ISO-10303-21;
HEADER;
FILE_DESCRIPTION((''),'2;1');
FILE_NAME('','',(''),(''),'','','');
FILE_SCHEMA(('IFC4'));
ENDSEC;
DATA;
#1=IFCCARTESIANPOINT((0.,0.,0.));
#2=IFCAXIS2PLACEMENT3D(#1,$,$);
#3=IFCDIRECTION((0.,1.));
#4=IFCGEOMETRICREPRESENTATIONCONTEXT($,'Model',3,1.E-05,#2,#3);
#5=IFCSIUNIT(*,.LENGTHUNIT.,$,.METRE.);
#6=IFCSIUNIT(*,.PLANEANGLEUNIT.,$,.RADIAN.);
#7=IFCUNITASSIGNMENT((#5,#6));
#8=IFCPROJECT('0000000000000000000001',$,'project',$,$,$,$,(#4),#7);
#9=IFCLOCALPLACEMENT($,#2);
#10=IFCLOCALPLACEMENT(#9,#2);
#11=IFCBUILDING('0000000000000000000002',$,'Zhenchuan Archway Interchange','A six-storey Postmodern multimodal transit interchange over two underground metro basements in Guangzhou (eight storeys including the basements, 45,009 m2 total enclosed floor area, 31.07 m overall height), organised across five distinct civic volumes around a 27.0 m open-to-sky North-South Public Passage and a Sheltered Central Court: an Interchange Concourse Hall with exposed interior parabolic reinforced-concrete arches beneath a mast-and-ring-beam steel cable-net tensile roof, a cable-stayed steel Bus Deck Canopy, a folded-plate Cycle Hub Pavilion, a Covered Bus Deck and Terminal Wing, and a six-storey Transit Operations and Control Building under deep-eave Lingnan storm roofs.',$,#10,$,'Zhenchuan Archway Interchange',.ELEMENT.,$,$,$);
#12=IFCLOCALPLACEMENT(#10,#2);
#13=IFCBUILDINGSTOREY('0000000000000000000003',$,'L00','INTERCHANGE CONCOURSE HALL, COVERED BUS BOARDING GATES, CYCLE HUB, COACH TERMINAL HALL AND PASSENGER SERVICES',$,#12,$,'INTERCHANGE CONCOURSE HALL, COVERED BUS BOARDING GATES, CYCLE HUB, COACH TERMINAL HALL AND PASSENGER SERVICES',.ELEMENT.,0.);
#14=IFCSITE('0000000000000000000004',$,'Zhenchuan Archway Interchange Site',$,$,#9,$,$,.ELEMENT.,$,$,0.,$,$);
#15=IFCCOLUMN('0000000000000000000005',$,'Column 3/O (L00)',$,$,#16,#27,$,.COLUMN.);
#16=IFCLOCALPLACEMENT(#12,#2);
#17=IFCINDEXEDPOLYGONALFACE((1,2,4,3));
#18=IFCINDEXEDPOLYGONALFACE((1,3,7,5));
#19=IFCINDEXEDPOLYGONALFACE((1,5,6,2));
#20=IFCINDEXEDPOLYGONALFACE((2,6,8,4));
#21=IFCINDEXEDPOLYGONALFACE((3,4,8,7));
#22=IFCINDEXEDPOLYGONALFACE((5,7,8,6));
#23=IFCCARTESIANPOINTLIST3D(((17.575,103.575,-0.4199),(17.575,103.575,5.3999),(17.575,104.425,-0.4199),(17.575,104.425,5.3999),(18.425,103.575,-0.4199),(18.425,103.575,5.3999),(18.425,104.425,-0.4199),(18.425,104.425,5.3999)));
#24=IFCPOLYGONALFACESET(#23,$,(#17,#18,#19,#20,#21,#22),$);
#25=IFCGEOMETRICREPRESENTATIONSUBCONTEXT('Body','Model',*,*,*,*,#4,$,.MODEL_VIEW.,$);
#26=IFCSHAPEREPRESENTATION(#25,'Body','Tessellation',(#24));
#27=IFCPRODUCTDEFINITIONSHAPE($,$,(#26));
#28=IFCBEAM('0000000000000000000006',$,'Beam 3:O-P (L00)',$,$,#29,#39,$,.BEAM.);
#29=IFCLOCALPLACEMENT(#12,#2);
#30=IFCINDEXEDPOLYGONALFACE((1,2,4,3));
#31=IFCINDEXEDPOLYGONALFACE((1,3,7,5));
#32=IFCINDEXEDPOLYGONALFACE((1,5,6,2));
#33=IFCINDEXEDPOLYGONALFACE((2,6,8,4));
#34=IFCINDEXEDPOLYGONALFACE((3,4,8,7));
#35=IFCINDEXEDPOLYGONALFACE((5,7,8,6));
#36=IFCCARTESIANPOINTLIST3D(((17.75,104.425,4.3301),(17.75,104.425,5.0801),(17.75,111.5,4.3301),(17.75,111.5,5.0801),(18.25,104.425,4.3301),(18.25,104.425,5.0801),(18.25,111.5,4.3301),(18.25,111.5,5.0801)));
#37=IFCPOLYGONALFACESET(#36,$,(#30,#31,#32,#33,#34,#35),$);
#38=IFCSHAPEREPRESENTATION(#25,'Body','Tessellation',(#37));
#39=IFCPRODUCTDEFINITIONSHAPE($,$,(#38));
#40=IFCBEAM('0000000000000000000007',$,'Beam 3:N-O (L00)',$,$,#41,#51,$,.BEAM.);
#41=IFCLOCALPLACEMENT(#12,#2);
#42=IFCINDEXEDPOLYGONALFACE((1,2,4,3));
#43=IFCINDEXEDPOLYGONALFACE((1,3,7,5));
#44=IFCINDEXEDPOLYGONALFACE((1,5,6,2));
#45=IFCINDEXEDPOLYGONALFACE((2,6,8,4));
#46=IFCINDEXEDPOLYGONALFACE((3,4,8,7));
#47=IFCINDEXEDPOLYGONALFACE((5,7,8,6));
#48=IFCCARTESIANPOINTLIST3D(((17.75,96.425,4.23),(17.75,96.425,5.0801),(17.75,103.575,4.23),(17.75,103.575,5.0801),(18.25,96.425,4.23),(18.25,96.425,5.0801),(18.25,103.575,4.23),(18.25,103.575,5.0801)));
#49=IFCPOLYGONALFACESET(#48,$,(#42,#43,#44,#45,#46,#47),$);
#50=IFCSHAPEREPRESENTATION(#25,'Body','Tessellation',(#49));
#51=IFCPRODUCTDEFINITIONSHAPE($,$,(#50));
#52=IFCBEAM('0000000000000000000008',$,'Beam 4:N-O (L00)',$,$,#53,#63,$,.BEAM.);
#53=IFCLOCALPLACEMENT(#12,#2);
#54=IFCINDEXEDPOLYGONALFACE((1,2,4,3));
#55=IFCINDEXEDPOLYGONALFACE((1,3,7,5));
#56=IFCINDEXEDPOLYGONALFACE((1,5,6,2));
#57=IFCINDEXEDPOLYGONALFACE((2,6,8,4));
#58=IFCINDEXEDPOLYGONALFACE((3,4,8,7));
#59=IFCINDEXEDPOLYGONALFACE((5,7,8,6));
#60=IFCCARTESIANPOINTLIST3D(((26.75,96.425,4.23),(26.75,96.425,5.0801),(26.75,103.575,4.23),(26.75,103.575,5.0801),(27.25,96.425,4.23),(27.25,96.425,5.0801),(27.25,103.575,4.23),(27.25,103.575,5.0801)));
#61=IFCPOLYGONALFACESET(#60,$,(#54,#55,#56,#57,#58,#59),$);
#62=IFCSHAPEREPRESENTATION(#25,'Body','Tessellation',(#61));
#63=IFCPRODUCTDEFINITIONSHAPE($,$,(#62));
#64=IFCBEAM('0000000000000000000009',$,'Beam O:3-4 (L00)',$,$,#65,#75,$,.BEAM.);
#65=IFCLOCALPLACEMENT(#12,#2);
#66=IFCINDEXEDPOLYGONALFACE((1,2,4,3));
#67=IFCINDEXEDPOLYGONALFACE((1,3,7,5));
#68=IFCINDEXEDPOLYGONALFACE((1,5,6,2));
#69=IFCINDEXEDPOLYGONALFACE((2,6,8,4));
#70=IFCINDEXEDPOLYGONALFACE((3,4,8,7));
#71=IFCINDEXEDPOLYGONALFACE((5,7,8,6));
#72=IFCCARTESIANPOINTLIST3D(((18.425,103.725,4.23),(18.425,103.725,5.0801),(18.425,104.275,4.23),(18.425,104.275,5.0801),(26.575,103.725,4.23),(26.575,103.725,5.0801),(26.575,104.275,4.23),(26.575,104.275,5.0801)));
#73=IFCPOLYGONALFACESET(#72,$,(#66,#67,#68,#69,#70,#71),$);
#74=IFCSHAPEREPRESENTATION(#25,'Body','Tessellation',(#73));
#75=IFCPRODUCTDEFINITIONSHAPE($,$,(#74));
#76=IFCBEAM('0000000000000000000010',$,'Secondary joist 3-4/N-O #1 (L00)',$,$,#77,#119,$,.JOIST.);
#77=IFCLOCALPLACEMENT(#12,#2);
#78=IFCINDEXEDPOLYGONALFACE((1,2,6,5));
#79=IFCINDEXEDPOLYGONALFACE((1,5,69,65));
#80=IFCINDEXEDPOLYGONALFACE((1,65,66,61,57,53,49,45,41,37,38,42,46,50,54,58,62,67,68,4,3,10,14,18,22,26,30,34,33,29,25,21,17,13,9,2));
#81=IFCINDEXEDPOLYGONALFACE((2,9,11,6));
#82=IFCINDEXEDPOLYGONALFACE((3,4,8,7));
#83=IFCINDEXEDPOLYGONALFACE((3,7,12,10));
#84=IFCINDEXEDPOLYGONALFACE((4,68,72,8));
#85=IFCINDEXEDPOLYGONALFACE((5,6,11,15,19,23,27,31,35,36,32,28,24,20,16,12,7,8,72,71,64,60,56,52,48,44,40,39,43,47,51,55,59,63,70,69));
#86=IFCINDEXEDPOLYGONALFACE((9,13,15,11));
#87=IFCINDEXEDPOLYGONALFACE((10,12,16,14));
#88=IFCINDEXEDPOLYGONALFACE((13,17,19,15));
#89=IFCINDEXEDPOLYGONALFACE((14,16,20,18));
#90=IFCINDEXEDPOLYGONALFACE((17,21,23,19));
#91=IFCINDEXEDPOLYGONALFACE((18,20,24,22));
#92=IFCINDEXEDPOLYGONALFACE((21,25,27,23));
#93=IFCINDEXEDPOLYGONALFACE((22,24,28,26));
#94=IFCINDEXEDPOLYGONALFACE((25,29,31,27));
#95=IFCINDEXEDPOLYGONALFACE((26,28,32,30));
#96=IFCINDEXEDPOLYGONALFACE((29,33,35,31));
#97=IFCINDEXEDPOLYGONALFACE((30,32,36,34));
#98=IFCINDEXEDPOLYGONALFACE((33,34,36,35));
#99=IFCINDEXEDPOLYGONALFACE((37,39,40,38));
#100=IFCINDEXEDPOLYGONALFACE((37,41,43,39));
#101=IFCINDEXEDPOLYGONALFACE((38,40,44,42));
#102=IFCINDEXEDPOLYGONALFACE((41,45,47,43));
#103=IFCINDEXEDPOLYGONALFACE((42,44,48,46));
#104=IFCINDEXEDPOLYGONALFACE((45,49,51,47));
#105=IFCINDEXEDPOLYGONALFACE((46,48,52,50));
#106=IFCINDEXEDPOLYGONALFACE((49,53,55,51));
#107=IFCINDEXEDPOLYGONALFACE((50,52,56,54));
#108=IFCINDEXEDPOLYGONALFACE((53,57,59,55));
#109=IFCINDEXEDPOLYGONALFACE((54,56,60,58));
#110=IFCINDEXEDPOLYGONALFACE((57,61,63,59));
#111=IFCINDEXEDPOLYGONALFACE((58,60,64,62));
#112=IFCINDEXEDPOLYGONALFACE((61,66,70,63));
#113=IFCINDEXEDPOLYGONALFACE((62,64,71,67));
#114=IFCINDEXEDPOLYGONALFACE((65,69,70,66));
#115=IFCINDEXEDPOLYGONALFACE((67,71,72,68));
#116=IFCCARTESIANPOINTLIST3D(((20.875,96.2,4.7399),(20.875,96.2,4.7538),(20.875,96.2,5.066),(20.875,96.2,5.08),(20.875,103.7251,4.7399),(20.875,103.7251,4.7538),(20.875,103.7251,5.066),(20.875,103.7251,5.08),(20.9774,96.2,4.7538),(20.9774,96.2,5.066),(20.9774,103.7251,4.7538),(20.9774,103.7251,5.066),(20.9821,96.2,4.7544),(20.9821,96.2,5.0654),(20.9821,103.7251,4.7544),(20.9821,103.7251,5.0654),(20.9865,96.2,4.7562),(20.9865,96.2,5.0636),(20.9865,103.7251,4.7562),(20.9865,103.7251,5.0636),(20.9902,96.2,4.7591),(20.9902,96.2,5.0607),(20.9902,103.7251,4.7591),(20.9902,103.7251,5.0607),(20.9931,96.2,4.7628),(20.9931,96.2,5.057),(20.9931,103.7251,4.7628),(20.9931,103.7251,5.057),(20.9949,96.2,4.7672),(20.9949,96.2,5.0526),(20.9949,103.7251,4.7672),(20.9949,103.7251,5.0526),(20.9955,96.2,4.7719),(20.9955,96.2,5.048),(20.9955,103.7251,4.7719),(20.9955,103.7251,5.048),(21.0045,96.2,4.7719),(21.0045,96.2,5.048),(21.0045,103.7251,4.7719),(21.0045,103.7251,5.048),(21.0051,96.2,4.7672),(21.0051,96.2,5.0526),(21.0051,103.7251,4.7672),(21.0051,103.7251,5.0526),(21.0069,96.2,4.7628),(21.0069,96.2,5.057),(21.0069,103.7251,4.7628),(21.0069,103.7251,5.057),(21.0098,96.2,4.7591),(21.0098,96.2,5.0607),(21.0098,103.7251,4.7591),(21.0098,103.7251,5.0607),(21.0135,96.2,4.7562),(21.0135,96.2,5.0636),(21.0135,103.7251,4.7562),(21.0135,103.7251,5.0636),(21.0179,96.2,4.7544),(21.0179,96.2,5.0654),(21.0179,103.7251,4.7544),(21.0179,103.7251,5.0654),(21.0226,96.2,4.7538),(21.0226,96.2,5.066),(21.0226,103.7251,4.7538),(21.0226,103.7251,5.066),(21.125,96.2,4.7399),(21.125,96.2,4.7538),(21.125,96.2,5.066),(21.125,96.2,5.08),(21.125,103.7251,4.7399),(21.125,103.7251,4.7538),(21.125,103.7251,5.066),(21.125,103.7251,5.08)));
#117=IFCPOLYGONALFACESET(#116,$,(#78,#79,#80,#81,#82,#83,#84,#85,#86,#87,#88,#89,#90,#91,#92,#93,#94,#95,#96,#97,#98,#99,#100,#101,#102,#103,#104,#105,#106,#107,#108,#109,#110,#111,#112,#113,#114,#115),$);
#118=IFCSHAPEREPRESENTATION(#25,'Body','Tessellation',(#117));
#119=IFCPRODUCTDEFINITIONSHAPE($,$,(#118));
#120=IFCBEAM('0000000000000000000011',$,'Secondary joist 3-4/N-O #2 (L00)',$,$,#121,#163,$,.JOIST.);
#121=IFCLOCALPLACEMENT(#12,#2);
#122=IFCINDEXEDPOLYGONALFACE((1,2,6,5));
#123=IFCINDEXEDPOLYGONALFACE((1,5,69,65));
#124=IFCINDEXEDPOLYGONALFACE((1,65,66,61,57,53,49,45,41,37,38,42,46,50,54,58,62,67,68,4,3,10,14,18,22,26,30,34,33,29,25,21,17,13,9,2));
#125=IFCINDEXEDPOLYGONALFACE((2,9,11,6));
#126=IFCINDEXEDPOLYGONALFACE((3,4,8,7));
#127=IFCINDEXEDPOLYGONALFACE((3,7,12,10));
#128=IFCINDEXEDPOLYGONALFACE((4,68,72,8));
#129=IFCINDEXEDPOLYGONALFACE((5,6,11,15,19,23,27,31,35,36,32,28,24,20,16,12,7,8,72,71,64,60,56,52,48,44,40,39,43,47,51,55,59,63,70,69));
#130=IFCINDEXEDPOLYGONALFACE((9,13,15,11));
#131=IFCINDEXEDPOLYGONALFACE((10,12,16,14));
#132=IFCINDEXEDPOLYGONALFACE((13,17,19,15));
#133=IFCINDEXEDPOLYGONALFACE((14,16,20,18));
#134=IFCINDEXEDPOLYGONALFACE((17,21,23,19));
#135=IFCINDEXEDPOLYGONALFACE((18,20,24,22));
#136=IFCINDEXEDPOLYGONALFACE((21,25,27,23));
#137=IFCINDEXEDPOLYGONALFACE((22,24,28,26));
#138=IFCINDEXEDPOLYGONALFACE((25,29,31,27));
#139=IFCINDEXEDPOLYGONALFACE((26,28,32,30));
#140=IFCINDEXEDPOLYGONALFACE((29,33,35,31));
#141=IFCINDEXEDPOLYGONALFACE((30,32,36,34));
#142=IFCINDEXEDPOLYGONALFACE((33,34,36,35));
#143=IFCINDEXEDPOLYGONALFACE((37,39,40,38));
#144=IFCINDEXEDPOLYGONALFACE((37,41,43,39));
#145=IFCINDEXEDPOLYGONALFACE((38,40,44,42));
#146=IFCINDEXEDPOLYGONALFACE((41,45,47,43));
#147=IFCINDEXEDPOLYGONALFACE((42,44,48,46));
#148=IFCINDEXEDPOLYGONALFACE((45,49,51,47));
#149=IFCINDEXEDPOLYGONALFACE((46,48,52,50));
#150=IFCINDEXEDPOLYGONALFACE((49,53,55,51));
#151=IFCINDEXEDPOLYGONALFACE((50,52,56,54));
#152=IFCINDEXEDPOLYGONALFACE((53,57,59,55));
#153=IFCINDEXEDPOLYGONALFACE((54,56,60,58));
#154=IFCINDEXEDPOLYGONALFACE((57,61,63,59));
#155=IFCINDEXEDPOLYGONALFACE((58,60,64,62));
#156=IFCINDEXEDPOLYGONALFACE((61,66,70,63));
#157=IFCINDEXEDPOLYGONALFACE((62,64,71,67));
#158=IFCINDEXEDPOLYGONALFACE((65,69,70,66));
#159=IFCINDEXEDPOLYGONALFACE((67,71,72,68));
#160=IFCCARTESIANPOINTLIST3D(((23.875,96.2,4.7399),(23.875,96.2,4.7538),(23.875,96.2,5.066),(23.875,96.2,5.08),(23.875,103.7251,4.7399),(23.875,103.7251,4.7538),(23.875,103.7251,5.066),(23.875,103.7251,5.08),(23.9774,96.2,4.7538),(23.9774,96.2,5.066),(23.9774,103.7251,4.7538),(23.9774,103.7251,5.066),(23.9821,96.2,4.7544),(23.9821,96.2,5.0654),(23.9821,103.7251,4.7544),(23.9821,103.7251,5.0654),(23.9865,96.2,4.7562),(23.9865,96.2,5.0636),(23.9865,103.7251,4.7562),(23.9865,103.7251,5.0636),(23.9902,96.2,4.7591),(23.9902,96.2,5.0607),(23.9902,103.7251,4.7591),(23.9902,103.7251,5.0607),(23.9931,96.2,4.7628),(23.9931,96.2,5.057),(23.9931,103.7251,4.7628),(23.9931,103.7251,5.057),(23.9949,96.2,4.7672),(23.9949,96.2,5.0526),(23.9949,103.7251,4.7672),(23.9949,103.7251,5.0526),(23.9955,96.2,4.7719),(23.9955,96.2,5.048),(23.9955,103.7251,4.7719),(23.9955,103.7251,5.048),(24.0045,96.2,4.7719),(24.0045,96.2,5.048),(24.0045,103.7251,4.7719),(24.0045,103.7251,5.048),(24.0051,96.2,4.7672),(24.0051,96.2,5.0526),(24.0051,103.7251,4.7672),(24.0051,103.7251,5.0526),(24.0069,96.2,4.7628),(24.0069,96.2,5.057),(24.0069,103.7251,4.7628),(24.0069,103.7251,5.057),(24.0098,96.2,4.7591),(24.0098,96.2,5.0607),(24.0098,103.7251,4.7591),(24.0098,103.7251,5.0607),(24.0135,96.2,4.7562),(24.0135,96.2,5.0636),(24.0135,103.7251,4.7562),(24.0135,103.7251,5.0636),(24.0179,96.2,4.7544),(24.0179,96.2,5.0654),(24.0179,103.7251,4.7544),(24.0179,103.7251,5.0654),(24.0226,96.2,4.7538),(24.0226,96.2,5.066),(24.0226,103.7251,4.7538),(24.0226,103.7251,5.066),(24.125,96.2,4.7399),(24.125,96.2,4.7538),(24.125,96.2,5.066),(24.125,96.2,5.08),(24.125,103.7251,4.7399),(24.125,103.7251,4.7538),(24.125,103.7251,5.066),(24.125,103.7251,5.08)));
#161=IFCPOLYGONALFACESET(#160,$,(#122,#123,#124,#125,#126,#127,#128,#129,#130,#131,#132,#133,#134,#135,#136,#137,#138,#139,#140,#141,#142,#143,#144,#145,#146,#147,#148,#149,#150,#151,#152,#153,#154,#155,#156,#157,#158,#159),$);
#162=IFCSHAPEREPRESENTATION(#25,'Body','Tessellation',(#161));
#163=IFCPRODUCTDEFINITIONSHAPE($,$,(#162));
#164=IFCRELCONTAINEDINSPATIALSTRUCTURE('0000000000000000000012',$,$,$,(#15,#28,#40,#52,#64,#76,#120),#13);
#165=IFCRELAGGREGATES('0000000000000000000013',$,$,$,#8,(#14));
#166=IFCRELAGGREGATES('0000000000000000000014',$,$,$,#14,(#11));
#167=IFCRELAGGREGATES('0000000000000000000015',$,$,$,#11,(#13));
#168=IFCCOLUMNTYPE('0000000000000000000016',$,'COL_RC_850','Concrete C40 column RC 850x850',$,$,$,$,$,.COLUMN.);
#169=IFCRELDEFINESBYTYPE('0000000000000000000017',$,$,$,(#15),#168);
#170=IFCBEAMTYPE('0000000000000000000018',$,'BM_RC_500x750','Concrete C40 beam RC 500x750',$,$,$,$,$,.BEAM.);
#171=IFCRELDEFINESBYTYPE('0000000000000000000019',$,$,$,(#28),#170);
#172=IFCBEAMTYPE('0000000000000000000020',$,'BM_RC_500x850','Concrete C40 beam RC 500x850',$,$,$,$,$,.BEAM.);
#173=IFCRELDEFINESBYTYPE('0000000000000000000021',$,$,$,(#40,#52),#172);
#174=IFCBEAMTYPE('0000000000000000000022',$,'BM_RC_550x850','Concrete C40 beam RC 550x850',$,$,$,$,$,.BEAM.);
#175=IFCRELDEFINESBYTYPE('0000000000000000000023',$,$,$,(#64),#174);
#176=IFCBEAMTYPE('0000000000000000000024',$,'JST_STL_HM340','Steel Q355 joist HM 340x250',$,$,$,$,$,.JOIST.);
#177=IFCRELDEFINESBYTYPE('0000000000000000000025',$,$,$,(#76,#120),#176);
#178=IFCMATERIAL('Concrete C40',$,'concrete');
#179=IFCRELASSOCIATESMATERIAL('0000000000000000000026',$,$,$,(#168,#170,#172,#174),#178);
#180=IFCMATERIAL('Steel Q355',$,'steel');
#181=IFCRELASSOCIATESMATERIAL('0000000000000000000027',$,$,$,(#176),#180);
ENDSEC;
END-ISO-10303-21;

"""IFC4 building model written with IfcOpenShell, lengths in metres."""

from ifc_helpers import new_model, si_unit, direction, frame, origin, origin_2d, place, context, subcontext, project, spatial, rectangle, i_section, extrude, material, material_profile, profile_set, type_object, element, save


model = new_model("IFC4")

# Units and contexts
model_context = context("Model", 3, precision=1e-05, world=origin(), true_north=direction((0.0, 1.0)))
body_context = subcontext(model_context, "Body", "Model", "MODEL_VIEW")
ifc_project = project(units=[si_unit("LENGTHUNIT", "METRE"), si_unit("PLANEANGLEUNIT", "RADIAN")], contexts=[model_context])

# Site, building, storey
site_placement = place(None, origin())
site = spatial("IfcSite", under=ifc_project, at=site_placement, Name="Zhenchuan Archway Interchange Site", CompositionType="ELEMENT", RefElevation=0.0)
building_placement = place(site_placement, origin())
building = spatial("IfcBuilding", under=site, at=building_placement, Name="Zhenchuan Archway Interchange", Description="A six-storey Postmodern multimodal transit interchange over two underground metro basements in Guangzhou (eight storeys including the basements, 45,009 m2 total enclosed floor area, 31.07 m overall height), organised across five distinct civic volumes around a 27.0 m open-to-sky North-South Public Passage and a Sheltered Central Court: an Interchange Concourse Hall with exposed interior parabolic reinforced-concrete arches beneath a mast-and-ring-beam steel cable-net tensile roof, a cable-stayed steel Bus Deck Canopy, a folded-plate Cycle Hub Pavilion, a Covered Bus Deck and Terminal Wing, and a six-storey Transit Operations and Control Building under deep-eave Lingnan storm roofs.", LongName="Zhenchuan Archway Interchange", CompositionType="ELEMENT")
storey_placement = place(building_placement, origin())
storey = spatial("IfcBuildingStorey", under=building, at=storey_placement, Name="L00", Description="INTERCHANGE CONCOURSE HALL, COVERED BUS BOARDING GATES, CYCLE HUB, COACH TERMINAL HALL AND PASSENGER SERVICES", LongName="INTERCHANGE CONCOURSE HALL, COVERED BUS BOARDING GATES, CYCLE HUB, COACH TERMINAL HALL AND PASSENGER SERVICES", CompositionType="ELEMENT", Elevation=0.0)

# Shared definitions
ifc_material_1 = material(Name="Concrete C40", Category="concrete")

# Column
ifc_material_profile_1 = material_profile(ifc_material_1, rectangle(XDim=0.8501, YDim=0.8501, at=origin_2d()), Name="RC 850x850")
ifc_profile_set_1 = profile_set([ifc_material_profile_1], Name="Concrete C40")
column_type = type_object("IfcColumnType", Name="COL_RC_850", Description="Concrete C40 column RC 850x850", PredefinedType="COLUMN", material=ifc_profile_set_1)
column_placement = place(storey_placement, frame((18.0, 104.0, -0.4199), z_axis=(0.0, 0.0, 1.0), x_axis=(1.0, 0.0, 0.0)))
element("IfcColumn", 1, at=column_placement, inside=storey, type_object=column_type, Name="Column 3/O (L00)", PredefinedType="COLUMN", context=body_context, shape_type="SweptSolid", body=[
    extrude(rectangle(XDim=0.8501, YDim=0.8501, at=origin_2d()), origin(), (0.0, 0.0, 1.0), 5.8198),
])

# Beams
ifc_material_profile_2 = material_profile(ifc_material_1, rectangle(XDim=0.5, YDim=0.75, at=origin_2d()), Name="RC 500x750")
ifc_profile_set_2 = profile_set([ifc_material_profile_2], Name="Concrete C40")
beam_type_1 = type_object("IfcBeamType", Name="BM_RC_500x750", Description="Concrete C40 beam RC 500x750", PredefinedType="BEAM", material=ifc_profile_set_2)
beam_1_placement = place(storey_placement, frame((18.0, 104.425, 4.7051), z_axis=(0.0, 1.0, 0.0), x_axis=(-1.0, 0.0, 0.0)))
element("IfcBeam", 2, at=beam_1_placement, inside=storey, type_object=beam_type_1, Name="Beam 3:O-P (L00)", PredefinedType="BEAM", context=body_context, shape_type="SweptSolid", body=[
    extrude(rectangle(XDim=0.5, YDim=0.75, at=origin_2d()), origin(), (0.0, 0.0, 1.0), 7.075),
])
ifc_material_profile_3 = material_profile(ifc_material_1, rectangle(XDim=0.5, YDim=0.8501, at=origin_2d()), Name="RC 500x850")
ifc_profile_set_3 = profile_set([ifc_material_profile_3], Name="Concrete C40")
beam_type_2 = type_object("IfcBeamType", Name="BM_RC_500x850", Description="Concrete C40 beam RC 500x850", PredefinedType="BEAM", material=ifc_profile_set_3)
for number, where, z_axis, x_axis, name in (
    (3, (18.0, 96.425, 4.655), (0.0, 1.0, 0.0), (-1.0, 0.0, 0.0), "Beam 3:N-O (L00)"),
    (4, (27.0, 96.425, 4.655), (0.0, 1.0, 0.0), (-1.0, 0.0, 0.0), "Beam 4:N-O (L00)"),
):
    element("IfcBeam", number, at=place(storey_placement, frame(where, z_axis=z_axis, x_axis=x_axis)), inside=storey, type_object=beam_type_2, Name=name, PredefinedType="BEAM", context=body_context, shape_type="SweptSolid", body=[
        extrude(rectangle(XDim=0.5, YDim=0.8501, at=origin_2d()), origin(), (0.0, 0.0, 1.0), 7.1499),
    ])
ifc_material_profile_4 = material_profile(ifc_material_1, rectangle(XDim=0.55, YDim=0.8501, at=origin_2d()), Name="RC 550x850")
ifc_profile_set_4 = profile_set([ifc_material_profile_4], Name="Concrete C40")
beam_type_3 = type_object("IfcBeamType", Name="BM_RC_550x850", Description="Concrete C40 beam RC 550x850", PredefinedType="BEAM", material=ifc_profile_set_4)
beam_2_placement = place(storey_placement, frame((18.425, 104.0, 4.655), z_axis=(1.0, 0.0, 0.0), x_axis=(0.0, 1.0, 0.0)))
element("IfcBeam", 5, at=beam_2_placement, inside=storey, type_object=beam_type_3, Name="Beam O:3-4 (L00)", PredefinedType="BEAM", context=body_context, shape_type="SweptSolid", body=[
    extrude(rectangle(XDim=0.55, YDim=0.8501, at=origin_2d()), origin(), (0.0, 0.0, 1.0), 8.1499),
])
ifc_material_2 = material(Name="Steel Q355", Category="steel")
ifc_material_profile_5 = material_profile(ifc_material_2, i_section(OverallWidth=0.25, OverallDepth=0.3401, WebThickness=0.009, FlangeThickness=0.0139, FilletRadius=0.0181, at=origin_2d()), Name="HM 340x250")
ifc_profile_set_5 = profile_set([ifc_material_profile_5], Name="Steel Q355")
beam_type_4 = type_object("IfcBeamType", Name="JST_STL_HM340", Description="Steel Q355 joist HM 340x250", PredefinedType="JOIST", material=ifc_profile_set_5)
for number, where, z_axis, x_axis, name in (
    (6, (21.0, 96.2, 4.9099), (0.0, 1.0, 0.0), (-1.0, 0.0, 0.0), "Secondary joist 3-4/N-O #1 (L00)"),
    (7, (24.0, 96.2, 4.9099), (0.0, 1.0, 0.0), (-1.0, 0.0, 0.0), "Secondary joist 3-4/N-O #2 (L00)"),
):
    element("IfcBeam", number, at=place(storey_placement, frame(where, z_axis=z_axis, x_axis=x_axis)), inside=storey, type_object=beam_type_4, Name=name, PredefinedType="JOIST", context=body_context, shape_type="SweptSolid", body=[
        extrude(i_section(OverallWidth=0.25, OverallDepth=0.3401, WebThickness=0.009, FlangeThickness=0.0139, FilletRadius=0.0181, at=origin_2d()), origin(), (0.0, 0.0, 1.0), 7.5251),
    ])

save(model, "model.ifc")
